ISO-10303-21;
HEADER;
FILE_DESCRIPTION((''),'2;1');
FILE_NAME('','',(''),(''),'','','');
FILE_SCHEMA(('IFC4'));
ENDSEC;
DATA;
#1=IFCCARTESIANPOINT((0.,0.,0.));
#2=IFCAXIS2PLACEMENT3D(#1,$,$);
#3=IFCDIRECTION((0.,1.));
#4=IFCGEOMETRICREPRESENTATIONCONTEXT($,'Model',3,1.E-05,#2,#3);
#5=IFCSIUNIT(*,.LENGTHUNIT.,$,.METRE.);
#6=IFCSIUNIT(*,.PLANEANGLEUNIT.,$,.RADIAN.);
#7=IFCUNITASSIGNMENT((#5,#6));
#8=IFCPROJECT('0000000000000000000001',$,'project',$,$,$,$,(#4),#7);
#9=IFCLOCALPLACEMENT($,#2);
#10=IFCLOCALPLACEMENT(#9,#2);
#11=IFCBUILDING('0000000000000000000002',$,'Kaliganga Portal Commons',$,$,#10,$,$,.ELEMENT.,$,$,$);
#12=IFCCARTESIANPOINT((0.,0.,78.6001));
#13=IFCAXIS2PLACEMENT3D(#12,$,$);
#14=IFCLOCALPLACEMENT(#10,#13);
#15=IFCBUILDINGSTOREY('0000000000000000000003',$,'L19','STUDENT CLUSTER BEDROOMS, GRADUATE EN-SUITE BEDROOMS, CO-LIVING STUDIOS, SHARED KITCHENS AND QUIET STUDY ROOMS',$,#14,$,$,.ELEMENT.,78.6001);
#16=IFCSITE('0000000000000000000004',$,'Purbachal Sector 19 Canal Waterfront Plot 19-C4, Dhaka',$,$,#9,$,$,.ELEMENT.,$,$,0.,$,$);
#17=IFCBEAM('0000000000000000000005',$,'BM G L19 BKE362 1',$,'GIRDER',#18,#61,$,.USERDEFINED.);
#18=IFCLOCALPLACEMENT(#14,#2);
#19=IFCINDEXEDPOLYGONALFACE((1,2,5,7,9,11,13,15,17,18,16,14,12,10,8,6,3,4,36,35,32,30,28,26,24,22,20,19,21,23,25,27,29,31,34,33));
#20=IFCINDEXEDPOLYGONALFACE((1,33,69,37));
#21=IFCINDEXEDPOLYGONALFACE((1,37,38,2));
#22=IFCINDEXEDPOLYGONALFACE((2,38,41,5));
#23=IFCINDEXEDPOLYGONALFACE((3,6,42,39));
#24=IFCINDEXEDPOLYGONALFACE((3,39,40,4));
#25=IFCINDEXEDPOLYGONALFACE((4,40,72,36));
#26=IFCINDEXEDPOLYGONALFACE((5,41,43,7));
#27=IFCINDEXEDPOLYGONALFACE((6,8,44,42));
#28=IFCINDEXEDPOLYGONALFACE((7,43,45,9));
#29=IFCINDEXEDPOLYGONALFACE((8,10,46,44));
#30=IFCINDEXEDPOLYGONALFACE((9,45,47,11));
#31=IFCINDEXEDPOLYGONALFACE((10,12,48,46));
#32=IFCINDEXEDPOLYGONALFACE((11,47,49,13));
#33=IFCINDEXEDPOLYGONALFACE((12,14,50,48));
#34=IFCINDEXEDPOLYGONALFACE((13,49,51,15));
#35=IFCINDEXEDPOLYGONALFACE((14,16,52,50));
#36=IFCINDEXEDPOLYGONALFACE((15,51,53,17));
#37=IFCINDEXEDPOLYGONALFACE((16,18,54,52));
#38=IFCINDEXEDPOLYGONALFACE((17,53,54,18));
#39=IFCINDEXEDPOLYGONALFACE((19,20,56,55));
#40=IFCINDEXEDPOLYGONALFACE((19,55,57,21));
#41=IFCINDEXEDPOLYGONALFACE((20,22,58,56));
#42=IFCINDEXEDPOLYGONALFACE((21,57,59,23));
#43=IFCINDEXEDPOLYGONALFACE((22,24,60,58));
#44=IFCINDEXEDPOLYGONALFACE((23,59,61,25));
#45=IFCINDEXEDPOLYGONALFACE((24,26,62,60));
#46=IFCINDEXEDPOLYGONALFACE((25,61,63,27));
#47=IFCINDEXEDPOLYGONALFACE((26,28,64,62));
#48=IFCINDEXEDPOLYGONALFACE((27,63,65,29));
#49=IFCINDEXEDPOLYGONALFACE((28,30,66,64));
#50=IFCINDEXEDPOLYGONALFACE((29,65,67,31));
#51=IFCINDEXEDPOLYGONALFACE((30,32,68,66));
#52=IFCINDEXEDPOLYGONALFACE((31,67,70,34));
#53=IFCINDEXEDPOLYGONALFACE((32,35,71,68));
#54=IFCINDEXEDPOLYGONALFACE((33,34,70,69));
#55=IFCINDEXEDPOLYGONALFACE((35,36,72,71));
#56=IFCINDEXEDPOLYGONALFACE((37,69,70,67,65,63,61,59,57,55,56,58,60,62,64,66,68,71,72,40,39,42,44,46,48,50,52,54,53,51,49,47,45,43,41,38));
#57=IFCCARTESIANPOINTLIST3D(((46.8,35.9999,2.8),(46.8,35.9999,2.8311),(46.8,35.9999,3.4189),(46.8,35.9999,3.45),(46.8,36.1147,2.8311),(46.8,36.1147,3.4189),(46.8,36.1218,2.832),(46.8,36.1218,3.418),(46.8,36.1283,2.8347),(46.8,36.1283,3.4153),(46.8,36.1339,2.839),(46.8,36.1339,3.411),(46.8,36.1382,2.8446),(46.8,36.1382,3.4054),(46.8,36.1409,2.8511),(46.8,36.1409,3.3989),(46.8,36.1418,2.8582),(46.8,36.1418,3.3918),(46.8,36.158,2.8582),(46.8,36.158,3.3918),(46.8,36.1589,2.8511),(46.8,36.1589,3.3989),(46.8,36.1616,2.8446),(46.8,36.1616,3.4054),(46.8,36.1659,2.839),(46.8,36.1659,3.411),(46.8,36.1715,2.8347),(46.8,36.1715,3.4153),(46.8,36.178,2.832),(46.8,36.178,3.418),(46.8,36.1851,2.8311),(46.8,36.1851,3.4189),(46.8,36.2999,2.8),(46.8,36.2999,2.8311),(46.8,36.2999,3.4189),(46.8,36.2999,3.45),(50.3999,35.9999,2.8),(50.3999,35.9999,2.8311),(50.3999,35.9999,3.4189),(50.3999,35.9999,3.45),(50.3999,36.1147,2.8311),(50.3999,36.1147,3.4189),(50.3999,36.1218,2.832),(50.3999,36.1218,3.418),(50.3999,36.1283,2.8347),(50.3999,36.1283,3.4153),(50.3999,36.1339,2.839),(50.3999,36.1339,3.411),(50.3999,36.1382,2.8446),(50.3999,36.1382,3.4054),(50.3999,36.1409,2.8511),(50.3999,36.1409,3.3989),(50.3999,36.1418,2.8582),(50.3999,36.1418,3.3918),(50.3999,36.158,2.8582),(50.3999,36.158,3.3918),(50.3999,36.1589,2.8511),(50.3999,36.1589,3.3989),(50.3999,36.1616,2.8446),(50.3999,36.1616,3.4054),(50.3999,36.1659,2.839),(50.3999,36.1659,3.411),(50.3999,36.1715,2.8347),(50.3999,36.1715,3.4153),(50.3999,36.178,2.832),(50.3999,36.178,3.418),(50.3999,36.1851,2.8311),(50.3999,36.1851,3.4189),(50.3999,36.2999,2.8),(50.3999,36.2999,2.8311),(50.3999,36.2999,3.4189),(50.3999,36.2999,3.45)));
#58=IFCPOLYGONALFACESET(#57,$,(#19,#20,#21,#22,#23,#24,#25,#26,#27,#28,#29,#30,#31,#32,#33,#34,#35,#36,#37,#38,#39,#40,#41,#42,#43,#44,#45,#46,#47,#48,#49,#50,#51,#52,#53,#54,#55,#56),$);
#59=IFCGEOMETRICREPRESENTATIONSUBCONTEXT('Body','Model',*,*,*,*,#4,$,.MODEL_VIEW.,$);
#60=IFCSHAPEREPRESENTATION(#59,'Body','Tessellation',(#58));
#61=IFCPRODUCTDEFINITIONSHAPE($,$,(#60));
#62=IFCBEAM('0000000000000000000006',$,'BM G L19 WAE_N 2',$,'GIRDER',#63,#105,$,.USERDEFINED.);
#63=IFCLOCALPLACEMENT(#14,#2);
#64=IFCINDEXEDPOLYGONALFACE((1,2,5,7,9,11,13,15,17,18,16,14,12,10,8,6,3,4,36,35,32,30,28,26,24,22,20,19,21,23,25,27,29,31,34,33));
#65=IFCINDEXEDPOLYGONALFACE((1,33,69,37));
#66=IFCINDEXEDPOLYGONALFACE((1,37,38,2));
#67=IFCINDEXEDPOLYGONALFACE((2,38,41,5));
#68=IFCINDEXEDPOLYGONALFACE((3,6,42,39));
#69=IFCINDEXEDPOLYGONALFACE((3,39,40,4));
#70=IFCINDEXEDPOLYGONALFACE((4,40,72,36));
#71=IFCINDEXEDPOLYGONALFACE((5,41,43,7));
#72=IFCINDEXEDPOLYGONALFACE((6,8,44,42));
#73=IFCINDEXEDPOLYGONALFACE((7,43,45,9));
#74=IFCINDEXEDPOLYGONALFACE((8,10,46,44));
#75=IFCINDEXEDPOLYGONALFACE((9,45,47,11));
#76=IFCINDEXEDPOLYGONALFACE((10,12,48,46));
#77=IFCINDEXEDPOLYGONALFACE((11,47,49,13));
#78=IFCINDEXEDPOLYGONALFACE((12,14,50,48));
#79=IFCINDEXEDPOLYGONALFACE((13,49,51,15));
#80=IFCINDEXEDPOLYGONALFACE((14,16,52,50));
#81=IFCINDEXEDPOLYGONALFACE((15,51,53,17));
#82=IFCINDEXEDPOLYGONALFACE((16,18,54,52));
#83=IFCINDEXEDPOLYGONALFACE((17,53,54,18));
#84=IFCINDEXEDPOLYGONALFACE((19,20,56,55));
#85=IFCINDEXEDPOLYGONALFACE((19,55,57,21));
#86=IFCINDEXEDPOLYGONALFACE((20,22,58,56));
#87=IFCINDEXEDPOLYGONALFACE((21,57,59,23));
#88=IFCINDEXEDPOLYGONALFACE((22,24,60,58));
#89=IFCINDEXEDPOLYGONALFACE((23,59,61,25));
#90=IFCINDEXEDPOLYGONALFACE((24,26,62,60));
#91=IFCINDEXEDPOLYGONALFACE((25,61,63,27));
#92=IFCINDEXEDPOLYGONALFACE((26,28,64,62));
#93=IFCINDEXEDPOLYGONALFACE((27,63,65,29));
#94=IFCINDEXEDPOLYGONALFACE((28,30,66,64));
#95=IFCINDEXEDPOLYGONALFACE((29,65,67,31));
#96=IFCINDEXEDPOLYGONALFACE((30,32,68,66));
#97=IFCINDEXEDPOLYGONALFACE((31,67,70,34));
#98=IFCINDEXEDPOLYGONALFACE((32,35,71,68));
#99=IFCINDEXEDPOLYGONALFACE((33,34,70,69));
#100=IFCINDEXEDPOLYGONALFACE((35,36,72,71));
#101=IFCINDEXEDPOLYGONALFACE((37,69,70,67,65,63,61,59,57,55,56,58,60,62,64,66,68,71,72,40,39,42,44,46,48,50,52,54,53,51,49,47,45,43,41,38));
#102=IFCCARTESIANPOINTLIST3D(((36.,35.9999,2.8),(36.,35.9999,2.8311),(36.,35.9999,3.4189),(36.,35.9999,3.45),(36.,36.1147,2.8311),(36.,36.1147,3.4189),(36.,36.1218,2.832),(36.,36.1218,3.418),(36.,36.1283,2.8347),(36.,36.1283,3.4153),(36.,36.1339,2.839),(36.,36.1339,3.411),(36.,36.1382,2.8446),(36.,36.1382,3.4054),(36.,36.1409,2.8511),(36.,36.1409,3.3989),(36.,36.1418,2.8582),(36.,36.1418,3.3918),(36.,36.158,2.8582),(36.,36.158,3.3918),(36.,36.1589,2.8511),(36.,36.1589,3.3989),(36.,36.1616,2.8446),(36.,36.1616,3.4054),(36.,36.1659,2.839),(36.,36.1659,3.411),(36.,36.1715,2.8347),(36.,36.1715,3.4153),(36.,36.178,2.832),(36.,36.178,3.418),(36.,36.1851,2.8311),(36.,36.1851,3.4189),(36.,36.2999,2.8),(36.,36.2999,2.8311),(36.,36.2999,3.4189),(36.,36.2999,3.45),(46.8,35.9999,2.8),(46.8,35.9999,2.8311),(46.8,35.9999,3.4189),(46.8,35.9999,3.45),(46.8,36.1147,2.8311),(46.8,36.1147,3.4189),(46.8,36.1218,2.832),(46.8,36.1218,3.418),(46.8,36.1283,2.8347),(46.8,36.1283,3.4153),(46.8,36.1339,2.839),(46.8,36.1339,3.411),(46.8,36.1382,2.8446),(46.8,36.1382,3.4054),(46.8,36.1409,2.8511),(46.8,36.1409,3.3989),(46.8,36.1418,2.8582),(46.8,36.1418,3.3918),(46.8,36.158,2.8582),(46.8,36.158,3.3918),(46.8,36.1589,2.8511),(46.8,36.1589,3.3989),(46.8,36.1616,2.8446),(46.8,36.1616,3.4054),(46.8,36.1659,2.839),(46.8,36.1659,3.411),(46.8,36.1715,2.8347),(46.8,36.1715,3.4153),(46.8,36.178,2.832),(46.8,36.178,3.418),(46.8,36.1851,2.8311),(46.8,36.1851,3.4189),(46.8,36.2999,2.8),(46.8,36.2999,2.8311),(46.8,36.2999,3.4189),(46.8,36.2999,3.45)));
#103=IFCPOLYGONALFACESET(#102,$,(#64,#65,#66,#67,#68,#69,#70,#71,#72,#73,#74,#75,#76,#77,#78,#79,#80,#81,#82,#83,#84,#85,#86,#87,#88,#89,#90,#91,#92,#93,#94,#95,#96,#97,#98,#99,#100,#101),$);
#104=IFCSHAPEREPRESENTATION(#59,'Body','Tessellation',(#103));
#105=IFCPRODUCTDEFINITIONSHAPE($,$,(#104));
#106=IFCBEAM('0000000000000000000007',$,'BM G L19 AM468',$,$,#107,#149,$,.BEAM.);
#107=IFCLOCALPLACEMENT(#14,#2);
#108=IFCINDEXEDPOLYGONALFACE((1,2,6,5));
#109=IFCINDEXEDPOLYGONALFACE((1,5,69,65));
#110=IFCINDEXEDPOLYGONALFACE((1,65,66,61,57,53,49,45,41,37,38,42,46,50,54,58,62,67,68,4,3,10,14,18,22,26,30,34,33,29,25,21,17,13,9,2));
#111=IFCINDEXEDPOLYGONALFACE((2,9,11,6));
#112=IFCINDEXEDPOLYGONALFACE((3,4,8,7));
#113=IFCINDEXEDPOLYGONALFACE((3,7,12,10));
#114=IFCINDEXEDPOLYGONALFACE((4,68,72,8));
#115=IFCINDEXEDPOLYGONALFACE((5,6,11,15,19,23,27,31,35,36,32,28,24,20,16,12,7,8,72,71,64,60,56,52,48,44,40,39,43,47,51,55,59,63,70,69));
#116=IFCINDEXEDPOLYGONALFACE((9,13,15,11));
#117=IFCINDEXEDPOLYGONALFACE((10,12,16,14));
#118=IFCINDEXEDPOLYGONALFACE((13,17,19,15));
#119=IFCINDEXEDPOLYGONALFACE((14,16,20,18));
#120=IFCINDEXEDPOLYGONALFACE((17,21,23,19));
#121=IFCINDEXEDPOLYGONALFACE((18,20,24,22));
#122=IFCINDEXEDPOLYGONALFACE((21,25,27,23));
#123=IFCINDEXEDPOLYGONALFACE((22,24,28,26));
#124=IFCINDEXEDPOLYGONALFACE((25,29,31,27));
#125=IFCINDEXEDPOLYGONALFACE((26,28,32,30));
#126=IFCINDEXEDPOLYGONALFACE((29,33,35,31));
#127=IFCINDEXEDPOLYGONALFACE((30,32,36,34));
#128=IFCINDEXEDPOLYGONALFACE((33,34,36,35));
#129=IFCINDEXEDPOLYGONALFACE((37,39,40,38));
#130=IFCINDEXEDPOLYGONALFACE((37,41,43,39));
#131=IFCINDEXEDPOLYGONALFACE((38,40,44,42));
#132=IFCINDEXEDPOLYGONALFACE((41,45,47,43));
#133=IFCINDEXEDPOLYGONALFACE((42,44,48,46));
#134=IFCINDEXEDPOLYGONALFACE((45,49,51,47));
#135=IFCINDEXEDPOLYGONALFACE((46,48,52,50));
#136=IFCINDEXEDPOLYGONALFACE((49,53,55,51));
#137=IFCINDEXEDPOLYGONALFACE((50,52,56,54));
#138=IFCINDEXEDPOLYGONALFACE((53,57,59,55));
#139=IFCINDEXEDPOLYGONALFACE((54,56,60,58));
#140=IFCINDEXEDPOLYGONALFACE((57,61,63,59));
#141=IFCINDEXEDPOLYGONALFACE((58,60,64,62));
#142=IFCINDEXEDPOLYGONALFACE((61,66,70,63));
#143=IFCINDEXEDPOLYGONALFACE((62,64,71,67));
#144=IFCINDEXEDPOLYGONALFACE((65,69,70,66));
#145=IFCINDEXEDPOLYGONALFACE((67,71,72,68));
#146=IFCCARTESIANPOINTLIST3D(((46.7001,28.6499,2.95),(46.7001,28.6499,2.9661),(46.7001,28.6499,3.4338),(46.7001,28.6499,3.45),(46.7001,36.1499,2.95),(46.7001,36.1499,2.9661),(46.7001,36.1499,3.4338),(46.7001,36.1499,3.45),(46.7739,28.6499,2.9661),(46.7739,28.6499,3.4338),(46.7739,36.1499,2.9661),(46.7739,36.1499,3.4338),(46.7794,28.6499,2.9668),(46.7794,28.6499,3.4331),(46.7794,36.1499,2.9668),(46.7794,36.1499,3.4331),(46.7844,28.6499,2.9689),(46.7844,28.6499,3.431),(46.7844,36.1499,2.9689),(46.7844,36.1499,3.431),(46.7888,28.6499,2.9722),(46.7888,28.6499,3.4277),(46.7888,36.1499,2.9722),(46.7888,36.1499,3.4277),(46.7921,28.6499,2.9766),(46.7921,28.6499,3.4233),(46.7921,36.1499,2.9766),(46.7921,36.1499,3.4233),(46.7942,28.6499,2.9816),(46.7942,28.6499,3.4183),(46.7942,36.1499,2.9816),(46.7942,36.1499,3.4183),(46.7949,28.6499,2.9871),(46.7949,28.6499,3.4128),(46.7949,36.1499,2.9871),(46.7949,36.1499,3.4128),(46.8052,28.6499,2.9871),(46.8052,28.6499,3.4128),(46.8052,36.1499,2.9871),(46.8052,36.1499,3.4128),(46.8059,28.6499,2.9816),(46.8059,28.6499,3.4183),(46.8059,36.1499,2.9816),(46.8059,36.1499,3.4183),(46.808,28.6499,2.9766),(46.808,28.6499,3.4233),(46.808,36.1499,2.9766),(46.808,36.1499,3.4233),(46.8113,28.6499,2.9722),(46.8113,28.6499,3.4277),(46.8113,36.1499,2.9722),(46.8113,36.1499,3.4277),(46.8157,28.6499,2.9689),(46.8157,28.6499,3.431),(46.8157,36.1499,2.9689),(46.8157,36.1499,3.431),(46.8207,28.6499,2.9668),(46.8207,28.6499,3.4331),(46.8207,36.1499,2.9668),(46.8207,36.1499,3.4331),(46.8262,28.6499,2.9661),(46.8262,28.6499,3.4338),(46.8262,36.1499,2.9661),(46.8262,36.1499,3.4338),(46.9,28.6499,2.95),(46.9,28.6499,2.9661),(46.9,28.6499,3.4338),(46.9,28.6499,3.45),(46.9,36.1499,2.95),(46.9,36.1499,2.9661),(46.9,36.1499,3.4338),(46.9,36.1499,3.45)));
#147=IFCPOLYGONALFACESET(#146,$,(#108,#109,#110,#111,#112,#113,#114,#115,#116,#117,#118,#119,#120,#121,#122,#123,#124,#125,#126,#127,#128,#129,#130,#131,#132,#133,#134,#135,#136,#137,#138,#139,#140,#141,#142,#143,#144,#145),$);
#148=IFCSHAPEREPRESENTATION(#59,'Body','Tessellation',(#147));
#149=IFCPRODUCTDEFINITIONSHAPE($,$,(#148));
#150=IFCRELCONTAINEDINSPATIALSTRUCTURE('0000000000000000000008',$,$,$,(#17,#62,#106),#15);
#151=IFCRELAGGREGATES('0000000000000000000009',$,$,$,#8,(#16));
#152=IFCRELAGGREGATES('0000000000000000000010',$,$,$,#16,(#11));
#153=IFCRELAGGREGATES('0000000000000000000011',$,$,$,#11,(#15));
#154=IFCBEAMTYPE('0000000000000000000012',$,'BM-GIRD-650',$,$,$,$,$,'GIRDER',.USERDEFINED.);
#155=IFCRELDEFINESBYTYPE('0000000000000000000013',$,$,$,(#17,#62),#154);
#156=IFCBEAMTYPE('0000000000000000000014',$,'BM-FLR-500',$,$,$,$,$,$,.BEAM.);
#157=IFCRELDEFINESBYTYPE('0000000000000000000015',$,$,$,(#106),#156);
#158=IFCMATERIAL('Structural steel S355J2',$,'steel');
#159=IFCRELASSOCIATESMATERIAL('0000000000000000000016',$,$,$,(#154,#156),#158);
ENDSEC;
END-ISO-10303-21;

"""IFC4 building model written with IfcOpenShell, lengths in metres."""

from ifc_helpers import new_model, si_unit, direction, frame, origin, origin_2d, place, context, subcontext, project, spatial, i_section, extrude, source, transform, mapped, material, material_profile, profile_set, type_object, element, save


model = new_model("IFC4")

# Units and contexts
model_context = context("Model", 3, precision=1e-05, world=origin(), true_north=direction((0.0, 1.0)))
body_context = subcontext(model_context, "Body", "Model", "MODEL_VIEW")
ifc_project = project(units=[si_unit("LENGTHUNIT", "METRE"), si_unit("PLANEANGLEUNIT", "RADIAN")], contexts=[model_context])

# Site, building, storey
site_placement = place(None, origin())
site = spatial("IfcSite", under=ifc_project, at=site_placement, Name="Purbachal Sector 19 Canal Waterfront Plot 19-C4, Dhaka", CompositionType="ELEMENT", RefElevation=0.0)
building_placement = place(site_placement, origin())
building = spatial("IfcBuilding", under=site, at=building_placement, Name="Kaliganga Portal Commons", CompositionType="ELEMENT")
storey_placement = place(building_placement, frame((0.0, 0.0, 78.6001)))
storey = spatial("IfcBuildingStorey", under=building, at=storey_placement, Name="L19", Description="STUDENT CLUSTER BEDROOMS, GRADUATE EN-SUITE BEDROOMS, CO-LIVING STUDIOS, SHARED KITCHENS AND QUIET STUDY ROOMS", CompositionType="ELEMENT", Elevation=78.6001)

# Beams
ifc_material_1 = material(Name="Structural steel S355J2", Category="steel")
ifc_material_profile_1 = material_profile(ifc_material_1, i_section(OverallWidth=0.3, OverallDepth=0.6499, WebThickness=0.0161, FlangeThickness=0.031, FilletRadius=0.0271, at=origin_2d()), Name="HE 650 B")
ifc_profile_set_1 = profile_set([ifc_material_profile_1], Name="Structural steel S355J2 wide-flange")
beam_type_1 = type_object("IfcBeamType", Name="BM-GIRD-650", ElementType="GIRDER", PredefinedType="USERDEFINED", material=ifc_profile_set_1)
shared_shape_1 = source(origin(), body_context, "Body", "SweptSolid", [
    extrude(i_section(OverallWidth=0.3, OverallDepth=0.6499, WebThickness=0.0161, FlangeThickness=0.031, FilletRadius=0.0271, at=origin_2d()), origin(), (0.0, 0.0, 1.0), 3.5999),
])
for number, where, z_axis, x_axis, name in (
    (1, (46.8, 36.1499, 3.125), (1.0, 0.0, 0.0), (0.0, 1.0, 0.0), "BM G L19 BKE362 1"),
):
    element("IfcBeam", number, at=place(storey_placement, frame(where, z_axis=z_axis, x_axis=x_axis)), inside=storey, type_object=beam_type_1, Name=name, ObjectType="GIRDER", PredefinedType="USERDEFINED", context=body_context, shape_type="MappedRepresentation", body=[
        mapped(shared_shape_1, transform((0.0, 0.0, 0.0), x_axis=(1.0, 0.0, 0.0), y_axis=(0.0, 1.0, 0.0), z_axis=(0.0, 0.0, 1.0), scale=1.0)),
    ])
shared_shape_2 = source(origin(), body_context, "Body", "SweptSolid", [
    extrude(i_section(OverallWidth=0.3, OverallDepth=0.6499, WebThickness=0.0161, FlangeThickness=0.031, FilletRadius=0.0271, at=origin_2d()), origin(), (0.0, 0.0, 1.0), 10.8),
])
beam_1_placement = place(storey_placement, frame((36.0, 36.1499, 3.125), z_axis=(1.0, 0.0, 0.0), x_axis=(0.0, 1.0, 0.0)))
element("IfcBeam", 2, at=beam_1_placement, inside=storey, type_object=beam_type_1, Name="BM G L19 WAE_N 2", ObjectType="GIRDER", PredefinedType="USERDEFINED", context=body_context, shape_type="MappedRepresentation", body=[
    mapped(shared_shape_2, transform((0.0, 0.0, 0.0), x_axis=(1.0, 0.0, 0.0), y_axis=(0.0, 1.0, 0.0), z_axis=(0.0, 0.0, 1.0), scale=1.0)),
])
ifc_material_profile_2 = material_profile(ifc_material_1, i_section(OverallWidth=0.2, OverallDepth=0.5, WebThickness=0.0103, FlangeThickness=0.0161, FilletRadius=0.021, at=origin_2d()), Name="IPE 500")
ifc_profile_set_2 = profile_set([ifc_material_profile_2], Name="Structural steel S355J2 wide-flange")
beam_type_2 = type_object("IfcBeamType", Name="BM-FLR-500", PredefinedType="BEAM", material=ifc_profile_set_2)
shared_shape_3 = source(origin(), body_context, "Body", "SweptSolid", [
    extrude(i_section(OverallWidth=0.2, OverallDepth=0.5, WebThickness=0.0103, FlangeThickness=0.0161, FilletRadius=0.021, at=origin_2d()), origin(), (0.0, 0.0, 1.0), 7.5),
])
beam_2_placement = place(storey_placement, frame((46.8, 28.6499, 3.2), z_axis=(0.0, 1.0, 0.0), x_axis=(-1.0, 0.0, 0.0)))
element("IfcBeam", 3, at=beam_2_placement, inside=storey, type_object=beam_type_2, Name="BM G L19 AM468", PredefinedType="BEAM", context=body_context, shape_type="MappedRepresentation", body=[
    mapped(shared_shape_3, transform((0.0, 0.0, 0.0), x_axis=(1.0, 0.0, 0.0), y_axis=(0.0, 1.0, 0.0), z_axis=(0.0, 0.0, 1.0), scale=1.0)),
])

save(model, "model.ifc")
